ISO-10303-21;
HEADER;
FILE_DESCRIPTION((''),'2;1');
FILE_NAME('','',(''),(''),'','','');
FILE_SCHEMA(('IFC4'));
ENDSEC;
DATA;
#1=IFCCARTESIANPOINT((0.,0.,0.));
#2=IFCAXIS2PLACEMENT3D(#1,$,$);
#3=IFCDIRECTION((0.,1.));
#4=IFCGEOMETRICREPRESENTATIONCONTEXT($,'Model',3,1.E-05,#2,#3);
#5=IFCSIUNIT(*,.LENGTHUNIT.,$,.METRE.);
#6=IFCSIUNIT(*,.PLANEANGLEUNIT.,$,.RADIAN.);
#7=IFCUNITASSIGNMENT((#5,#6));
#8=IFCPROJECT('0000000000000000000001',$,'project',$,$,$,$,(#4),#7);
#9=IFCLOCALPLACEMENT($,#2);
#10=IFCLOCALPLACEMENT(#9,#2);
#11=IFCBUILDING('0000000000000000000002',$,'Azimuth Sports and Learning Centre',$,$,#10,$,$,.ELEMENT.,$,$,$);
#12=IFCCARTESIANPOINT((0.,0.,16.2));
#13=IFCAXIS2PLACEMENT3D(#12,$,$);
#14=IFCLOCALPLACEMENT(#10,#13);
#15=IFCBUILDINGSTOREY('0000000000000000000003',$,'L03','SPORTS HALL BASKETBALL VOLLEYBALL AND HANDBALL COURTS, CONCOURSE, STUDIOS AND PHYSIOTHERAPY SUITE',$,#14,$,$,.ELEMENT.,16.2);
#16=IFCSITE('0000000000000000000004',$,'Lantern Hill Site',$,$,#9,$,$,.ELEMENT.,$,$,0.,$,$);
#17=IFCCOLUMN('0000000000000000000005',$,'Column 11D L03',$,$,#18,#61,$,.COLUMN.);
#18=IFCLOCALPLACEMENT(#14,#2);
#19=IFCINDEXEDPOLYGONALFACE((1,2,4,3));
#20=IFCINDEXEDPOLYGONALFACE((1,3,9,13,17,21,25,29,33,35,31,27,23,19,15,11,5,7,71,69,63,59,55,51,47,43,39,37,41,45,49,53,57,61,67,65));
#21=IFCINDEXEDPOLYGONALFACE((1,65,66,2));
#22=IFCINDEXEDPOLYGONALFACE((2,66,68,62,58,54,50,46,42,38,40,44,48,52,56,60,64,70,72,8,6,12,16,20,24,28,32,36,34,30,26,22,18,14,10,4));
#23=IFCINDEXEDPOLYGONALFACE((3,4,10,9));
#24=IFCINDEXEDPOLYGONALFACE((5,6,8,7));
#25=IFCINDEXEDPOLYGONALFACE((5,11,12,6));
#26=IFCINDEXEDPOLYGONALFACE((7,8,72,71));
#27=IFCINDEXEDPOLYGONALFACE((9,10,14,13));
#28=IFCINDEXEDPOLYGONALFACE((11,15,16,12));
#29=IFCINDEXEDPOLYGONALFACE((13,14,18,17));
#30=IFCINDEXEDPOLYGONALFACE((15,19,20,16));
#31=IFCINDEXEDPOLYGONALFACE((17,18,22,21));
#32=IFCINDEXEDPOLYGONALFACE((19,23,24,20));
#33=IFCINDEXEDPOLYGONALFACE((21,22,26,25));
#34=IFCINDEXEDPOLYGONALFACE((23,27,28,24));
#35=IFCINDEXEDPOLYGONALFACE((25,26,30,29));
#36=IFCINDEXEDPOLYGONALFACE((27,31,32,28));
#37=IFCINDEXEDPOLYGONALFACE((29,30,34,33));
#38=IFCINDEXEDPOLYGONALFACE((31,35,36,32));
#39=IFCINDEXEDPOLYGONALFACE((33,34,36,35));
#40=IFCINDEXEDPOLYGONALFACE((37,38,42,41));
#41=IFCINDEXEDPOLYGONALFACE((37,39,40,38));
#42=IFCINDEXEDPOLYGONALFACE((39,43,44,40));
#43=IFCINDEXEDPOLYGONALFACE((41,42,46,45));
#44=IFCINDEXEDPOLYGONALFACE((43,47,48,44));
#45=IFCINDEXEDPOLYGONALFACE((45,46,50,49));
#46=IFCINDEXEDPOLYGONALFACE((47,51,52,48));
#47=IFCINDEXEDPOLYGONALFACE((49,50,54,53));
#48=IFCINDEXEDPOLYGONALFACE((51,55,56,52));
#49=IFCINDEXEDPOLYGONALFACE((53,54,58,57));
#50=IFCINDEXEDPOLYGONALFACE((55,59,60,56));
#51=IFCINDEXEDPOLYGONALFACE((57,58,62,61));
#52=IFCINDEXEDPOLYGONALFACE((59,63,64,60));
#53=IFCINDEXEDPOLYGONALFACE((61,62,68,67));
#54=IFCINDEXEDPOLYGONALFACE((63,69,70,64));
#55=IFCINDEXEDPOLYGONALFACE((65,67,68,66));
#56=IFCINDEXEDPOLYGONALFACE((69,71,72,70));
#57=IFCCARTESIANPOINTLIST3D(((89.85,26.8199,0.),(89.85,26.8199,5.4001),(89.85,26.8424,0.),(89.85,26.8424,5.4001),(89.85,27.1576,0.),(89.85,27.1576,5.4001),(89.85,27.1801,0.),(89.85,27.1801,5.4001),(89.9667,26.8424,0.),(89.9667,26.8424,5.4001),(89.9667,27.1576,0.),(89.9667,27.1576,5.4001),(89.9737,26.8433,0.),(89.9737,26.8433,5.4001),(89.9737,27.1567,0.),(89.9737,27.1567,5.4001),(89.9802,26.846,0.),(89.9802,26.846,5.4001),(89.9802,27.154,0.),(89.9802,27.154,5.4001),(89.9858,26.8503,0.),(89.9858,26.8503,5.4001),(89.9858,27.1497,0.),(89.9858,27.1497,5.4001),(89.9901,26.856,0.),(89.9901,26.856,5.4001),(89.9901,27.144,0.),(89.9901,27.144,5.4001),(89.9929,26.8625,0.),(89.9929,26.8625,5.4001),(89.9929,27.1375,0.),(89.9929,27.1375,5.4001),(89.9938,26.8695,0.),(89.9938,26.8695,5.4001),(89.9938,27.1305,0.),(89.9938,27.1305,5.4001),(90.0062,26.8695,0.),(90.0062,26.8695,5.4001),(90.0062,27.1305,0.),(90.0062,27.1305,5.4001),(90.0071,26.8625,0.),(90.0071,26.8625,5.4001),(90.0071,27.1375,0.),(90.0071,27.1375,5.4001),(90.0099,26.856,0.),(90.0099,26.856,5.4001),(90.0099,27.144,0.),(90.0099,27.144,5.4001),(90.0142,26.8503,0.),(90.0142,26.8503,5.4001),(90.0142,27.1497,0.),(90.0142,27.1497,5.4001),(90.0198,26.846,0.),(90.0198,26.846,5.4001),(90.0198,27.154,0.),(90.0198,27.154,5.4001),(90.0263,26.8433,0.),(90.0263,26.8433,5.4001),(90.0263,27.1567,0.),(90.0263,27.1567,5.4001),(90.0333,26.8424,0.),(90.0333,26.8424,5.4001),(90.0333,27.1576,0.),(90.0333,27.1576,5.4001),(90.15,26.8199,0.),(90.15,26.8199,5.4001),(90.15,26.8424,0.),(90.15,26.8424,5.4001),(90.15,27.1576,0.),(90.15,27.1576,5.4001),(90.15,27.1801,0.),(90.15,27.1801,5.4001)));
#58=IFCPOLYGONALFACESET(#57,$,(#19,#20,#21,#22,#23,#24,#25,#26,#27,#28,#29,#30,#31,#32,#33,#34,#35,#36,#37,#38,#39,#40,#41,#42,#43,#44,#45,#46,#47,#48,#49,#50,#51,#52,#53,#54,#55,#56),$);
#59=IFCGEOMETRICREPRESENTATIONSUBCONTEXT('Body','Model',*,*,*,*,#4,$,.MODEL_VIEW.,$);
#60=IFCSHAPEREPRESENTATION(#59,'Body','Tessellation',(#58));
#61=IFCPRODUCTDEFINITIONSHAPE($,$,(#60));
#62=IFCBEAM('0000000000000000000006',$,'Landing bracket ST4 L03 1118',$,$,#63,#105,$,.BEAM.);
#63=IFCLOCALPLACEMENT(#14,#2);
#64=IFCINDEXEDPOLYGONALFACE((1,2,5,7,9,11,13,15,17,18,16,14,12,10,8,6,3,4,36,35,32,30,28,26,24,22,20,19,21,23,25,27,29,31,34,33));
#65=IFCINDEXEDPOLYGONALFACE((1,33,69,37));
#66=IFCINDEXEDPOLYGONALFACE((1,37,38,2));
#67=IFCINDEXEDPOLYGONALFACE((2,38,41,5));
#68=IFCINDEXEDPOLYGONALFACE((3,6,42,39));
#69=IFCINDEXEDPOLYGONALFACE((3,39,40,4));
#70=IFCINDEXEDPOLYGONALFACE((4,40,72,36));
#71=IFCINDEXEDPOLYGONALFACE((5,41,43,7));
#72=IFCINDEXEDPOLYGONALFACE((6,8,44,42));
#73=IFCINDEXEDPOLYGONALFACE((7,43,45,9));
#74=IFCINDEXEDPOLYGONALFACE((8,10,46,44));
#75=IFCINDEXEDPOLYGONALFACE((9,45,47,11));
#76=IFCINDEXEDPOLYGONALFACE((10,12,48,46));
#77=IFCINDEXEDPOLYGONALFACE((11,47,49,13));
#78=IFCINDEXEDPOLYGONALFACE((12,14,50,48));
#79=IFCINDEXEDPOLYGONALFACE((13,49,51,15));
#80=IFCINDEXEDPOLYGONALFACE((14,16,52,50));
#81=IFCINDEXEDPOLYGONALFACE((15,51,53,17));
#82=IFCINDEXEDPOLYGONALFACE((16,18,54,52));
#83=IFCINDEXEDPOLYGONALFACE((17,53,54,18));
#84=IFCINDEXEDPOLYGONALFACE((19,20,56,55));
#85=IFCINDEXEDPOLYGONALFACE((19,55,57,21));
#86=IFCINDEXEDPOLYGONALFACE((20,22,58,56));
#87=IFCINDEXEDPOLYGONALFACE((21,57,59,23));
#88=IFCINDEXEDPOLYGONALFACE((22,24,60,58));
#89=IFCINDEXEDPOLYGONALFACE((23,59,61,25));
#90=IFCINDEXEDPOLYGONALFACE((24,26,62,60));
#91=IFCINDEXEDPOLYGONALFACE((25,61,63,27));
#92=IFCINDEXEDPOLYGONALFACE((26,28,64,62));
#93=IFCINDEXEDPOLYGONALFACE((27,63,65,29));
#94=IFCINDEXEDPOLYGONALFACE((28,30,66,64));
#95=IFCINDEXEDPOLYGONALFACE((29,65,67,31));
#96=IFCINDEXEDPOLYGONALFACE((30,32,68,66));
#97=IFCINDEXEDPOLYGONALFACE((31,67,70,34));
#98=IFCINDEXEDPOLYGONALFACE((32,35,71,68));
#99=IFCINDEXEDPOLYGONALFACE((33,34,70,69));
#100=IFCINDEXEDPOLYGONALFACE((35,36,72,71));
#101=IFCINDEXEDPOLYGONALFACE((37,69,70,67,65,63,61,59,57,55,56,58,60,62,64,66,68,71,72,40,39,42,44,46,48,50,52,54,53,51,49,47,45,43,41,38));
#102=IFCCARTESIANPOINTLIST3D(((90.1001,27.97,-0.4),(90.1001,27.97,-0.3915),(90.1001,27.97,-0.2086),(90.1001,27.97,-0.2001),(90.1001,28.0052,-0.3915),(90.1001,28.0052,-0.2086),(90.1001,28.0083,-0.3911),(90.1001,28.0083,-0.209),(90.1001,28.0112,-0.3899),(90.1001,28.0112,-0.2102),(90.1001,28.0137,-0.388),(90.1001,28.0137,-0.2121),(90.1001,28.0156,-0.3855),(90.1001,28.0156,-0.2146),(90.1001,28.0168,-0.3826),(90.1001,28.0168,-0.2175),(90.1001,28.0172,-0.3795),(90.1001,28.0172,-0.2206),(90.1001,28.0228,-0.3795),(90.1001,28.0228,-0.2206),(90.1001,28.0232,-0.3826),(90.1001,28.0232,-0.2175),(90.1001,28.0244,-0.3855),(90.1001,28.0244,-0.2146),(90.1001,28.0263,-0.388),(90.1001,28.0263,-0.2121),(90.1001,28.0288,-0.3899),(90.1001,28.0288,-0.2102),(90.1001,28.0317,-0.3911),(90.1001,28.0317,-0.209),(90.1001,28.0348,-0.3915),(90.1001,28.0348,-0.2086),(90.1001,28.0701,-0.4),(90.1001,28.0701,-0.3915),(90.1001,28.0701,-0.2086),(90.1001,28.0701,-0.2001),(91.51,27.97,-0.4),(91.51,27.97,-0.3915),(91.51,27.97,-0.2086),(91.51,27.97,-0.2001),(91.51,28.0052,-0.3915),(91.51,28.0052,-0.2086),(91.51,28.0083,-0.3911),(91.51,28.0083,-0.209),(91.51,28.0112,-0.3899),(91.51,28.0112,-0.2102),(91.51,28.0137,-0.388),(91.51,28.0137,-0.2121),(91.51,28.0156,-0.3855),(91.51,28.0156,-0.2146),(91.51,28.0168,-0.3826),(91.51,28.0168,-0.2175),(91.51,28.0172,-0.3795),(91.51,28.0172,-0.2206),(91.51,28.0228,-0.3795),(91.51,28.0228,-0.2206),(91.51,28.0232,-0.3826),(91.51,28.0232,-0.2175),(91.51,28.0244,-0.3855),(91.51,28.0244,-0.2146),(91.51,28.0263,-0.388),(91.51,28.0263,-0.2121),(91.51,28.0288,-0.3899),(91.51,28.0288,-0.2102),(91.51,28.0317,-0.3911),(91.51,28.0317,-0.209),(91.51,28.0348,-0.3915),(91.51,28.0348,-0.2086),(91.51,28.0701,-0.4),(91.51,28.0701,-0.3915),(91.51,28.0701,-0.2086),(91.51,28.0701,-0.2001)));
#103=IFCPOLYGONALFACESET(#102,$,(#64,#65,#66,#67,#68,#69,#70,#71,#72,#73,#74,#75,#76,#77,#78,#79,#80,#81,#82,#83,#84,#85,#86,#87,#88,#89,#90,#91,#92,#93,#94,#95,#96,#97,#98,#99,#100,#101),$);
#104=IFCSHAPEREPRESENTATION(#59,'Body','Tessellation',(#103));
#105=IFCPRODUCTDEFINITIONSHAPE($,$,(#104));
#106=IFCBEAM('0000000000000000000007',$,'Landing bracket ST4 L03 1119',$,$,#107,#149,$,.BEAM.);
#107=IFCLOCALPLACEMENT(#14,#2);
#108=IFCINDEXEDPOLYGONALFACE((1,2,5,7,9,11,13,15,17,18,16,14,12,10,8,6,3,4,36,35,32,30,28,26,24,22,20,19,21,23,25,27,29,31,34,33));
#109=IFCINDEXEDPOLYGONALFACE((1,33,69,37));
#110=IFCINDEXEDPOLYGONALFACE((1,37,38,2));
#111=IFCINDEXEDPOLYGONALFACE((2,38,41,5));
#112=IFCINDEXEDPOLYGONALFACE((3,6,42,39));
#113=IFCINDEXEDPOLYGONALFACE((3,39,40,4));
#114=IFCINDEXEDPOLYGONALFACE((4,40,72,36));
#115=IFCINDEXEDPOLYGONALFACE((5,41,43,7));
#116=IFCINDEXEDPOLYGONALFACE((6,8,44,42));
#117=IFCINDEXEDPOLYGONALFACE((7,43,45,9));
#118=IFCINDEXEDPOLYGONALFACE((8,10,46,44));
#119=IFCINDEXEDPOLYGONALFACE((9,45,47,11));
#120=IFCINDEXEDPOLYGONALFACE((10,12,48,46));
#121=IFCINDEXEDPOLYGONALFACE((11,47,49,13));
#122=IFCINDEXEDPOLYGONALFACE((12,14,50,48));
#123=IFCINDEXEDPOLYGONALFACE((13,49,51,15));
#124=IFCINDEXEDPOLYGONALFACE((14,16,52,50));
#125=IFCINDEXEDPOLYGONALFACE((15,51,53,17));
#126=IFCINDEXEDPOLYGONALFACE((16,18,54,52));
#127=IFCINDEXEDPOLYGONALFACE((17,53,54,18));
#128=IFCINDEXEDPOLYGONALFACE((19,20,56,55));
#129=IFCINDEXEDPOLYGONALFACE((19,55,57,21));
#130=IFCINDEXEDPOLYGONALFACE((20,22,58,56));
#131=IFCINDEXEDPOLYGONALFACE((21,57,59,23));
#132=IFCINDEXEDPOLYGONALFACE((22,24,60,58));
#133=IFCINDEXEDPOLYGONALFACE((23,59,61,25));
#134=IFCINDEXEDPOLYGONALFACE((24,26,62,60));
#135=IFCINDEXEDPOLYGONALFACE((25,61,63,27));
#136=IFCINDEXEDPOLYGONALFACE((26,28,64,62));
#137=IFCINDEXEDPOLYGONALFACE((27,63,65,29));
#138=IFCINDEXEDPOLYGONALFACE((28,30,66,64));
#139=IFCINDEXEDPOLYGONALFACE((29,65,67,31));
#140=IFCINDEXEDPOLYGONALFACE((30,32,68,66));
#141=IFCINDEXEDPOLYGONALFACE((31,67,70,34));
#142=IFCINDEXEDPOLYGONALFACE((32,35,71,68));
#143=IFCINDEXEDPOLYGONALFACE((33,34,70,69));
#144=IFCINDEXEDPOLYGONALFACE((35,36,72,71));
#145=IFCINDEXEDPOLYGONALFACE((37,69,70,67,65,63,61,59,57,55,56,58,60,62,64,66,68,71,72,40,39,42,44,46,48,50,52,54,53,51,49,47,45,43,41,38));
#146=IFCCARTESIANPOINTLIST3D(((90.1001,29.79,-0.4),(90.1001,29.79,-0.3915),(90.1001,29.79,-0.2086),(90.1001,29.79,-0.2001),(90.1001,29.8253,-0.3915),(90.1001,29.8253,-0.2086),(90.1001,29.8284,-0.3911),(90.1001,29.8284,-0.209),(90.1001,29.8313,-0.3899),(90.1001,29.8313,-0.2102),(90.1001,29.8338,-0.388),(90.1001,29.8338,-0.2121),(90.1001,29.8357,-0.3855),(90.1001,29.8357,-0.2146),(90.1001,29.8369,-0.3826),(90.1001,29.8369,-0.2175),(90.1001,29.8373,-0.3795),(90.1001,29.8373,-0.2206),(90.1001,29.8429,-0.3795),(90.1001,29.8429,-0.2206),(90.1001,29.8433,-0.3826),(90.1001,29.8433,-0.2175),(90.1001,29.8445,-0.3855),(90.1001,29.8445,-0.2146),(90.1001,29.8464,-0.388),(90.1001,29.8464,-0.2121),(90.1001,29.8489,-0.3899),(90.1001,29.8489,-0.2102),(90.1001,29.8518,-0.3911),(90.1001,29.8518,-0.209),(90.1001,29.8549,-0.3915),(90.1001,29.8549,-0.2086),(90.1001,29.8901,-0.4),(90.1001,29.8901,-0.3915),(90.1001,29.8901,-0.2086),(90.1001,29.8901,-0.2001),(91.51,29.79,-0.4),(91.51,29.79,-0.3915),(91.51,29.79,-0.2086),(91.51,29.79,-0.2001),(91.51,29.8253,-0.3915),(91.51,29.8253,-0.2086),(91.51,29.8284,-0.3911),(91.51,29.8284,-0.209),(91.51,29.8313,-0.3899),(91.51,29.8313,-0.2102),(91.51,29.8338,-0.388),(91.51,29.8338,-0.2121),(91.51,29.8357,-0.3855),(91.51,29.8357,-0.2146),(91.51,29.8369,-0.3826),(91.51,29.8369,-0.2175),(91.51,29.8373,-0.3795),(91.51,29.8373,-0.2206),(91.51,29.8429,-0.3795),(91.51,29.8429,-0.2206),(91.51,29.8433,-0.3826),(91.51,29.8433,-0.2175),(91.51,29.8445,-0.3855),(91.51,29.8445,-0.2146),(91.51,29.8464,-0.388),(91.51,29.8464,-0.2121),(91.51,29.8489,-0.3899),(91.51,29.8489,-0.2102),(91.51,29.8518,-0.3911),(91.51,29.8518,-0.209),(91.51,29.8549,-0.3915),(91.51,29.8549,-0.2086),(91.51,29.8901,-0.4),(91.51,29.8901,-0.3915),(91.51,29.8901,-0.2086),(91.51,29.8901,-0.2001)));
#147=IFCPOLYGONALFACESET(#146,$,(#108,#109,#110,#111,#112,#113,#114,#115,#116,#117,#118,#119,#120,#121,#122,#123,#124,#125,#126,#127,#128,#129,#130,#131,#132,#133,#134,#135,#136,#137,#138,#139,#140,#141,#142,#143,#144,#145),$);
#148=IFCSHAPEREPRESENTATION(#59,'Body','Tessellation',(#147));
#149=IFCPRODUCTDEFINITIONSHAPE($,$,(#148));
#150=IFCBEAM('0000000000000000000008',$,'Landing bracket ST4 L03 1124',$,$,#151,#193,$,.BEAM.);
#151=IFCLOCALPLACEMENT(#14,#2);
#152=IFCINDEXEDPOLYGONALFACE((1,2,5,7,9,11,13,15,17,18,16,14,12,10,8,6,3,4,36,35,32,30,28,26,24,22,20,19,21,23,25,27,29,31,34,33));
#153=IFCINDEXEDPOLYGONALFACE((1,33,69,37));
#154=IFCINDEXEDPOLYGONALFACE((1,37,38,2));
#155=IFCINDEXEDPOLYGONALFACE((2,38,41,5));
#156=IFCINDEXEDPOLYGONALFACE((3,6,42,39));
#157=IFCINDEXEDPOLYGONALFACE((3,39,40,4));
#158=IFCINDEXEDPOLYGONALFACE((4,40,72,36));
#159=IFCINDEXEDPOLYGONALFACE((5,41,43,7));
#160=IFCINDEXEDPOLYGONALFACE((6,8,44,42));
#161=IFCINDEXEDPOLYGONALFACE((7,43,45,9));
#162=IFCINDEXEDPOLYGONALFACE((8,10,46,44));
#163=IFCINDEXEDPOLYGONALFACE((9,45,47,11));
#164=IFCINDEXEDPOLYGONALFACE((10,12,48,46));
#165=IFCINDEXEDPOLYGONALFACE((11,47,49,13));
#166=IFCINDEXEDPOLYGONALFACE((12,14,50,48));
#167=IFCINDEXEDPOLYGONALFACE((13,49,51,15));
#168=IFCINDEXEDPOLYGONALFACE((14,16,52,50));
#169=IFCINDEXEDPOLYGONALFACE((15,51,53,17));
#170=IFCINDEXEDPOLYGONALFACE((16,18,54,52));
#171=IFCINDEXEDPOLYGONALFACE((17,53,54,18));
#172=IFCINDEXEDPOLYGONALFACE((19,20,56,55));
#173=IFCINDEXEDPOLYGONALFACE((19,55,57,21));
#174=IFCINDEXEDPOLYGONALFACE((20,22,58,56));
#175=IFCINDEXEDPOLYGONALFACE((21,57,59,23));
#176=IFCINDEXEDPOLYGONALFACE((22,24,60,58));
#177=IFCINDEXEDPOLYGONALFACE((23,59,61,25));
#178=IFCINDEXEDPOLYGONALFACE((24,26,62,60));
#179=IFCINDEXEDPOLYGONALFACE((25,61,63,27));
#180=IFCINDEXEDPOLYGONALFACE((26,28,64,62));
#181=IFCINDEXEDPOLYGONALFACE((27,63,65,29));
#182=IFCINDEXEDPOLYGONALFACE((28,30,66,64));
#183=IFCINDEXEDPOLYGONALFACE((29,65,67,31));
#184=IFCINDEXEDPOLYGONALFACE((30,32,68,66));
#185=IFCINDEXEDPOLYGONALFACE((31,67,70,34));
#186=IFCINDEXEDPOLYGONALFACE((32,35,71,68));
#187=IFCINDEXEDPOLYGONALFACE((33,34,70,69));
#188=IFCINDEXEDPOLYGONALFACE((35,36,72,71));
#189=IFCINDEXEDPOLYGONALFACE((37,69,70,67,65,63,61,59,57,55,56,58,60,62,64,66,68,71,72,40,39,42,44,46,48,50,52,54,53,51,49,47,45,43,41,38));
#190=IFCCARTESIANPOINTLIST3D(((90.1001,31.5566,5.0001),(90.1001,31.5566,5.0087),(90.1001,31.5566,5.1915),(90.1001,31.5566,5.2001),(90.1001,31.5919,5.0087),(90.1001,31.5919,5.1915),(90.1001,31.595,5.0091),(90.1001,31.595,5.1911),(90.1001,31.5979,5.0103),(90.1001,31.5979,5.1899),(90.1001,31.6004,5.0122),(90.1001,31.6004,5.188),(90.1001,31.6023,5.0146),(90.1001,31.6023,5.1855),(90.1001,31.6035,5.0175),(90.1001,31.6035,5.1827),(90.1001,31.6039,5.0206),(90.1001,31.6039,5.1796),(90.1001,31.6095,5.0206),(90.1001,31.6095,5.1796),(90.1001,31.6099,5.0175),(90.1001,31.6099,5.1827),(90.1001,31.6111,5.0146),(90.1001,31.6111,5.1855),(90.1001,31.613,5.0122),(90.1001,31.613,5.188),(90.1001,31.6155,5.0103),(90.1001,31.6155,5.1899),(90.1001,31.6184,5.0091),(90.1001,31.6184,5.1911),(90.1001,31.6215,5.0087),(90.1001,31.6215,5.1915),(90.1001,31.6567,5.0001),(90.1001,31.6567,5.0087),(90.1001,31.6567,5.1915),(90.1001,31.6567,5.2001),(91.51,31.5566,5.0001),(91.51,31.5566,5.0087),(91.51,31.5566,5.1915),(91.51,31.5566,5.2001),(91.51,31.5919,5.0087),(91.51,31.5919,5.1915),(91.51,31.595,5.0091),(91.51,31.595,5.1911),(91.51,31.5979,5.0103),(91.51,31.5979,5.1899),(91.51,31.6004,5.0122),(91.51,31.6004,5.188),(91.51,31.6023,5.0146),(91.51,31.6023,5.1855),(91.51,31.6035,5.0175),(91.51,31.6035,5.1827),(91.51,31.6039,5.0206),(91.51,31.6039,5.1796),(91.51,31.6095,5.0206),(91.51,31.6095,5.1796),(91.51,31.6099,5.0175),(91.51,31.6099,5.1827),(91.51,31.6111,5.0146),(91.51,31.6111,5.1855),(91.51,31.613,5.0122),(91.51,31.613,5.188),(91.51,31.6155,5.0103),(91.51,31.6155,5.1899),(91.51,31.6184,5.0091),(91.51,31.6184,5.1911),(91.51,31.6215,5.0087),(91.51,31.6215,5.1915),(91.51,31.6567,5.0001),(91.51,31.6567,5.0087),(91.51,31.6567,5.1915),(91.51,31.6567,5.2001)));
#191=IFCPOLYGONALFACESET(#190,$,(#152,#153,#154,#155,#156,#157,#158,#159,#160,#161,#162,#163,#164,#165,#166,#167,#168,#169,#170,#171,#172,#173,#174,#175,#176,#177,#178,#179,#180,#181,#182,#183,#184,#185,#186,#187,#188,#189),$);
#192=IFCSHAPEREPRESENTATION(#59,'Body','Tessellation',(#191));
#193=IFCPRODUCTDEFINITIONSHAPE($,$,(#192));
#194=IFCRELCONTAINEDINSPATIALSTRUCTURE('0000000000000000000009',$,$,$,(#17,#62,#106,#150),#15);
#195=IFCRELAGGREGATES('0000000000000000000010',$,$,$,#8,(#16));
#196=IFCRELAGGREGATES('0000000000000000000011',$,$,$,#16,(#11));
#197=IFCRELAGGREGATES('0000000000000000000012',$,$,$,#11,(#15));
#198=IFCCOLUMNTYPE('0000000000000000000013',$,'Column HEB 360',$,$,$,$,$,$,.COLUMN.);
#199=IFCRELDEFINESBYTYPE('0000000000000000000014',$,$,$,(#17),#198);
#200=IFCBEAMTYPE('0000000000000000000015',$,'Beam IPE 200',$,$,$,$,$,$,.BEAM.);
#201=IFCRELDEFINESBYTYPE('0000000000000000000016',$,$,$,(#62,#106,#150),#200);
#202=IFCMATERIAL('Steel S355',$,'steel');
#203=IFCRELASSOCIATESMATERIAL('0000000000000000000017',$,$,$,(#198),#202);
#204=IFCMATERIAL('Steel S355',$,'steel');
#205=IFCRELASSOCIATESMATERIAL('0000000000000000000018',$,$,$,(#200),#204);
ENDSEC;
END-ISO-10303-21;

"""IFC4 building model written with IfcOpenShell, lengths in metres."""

from ifc_helpers import new_model, si_unit, direction, frame, origin, origin_2d, place, context, subcontext, project, spatial, i_section, extrude, material, material_profile, profile_set, type_object, element, save


model = new_model("IFC4")

# Units and contexts
model_context = context("Model", 3, precision=1e-05, world=origin(), true_north=direction((0.0, 1.0)))
body_context = subcontext(model_context, "Body", "Model", "MODEL_VIEW")
ifc_project = project(units=[si_unit("LENGTHUNIT", "METRE"), si_unit("PLANEANGLEUNIT", "RADIAN")], contexts=[model_context])

# Site, building, storey
site_placement = place(None, origin())
site = spatial("IfcSite", under=ifc_project, at=site_placement, Name="Lantern Hill Site", CompositionType="ELEMENT", RefElevation=0.0)
building_placement = place(site_placement, origin())
building = spatial("IfcBuilding", under=site, at=building_placement, Name="Azimuth Sports and Learning Centre", CompositionType="ELEMENT")
storey_placement = place(building_placement, frame((0.0, 0.0, 16.2)))
storey = spatial("IfcBuildingStorey", under=building, at=storey_placement, Name="L03", Description="SPORTS HALL BASKETBALL VOLLEYBALL AND HANDBALL COURTS, CONCOURSE, STUDIOS AND PHYSIOTHERAPY SUITE", CompositionType="ELEMENT", Elevation=16.2)

# Column
ifc_material_1 = material(Name="Steel S355", Category="steel")
ifc_material_profile_1 = material_profile(ifc_material_1, i_section(OverallWidth=0.3, OverallDepth=0.3601, WebThickness=0.0125, FlangeThickness=0.0225, FilletRadius=0.0271, at=origin_2d()), Name="HEB 360")
ifc_profile_set_1 = profile_set([ifc_material_profile_1], Name="Steel S355")
column_type = type_object("IfcColumnType", Name="Column HEB 360", PredefinedType="COLUMN", material=ifc_profile_set_1)
column_placement = place(storey_placement, frame((90.0, 27.0, 0.0), z_axis=(0.0, 0.0, 1.0), x_axis=(1.0, 0.0, 0.0)))
element("IfcColumn", 1, at=column_placement, inside=storey, type_object=column_type, Name="Column 11D L03", PredefinedType="COLUMN", context=body_context, shape_type="SweptSolid", body=[
    extrude(i_section(OverallWidth=0.3, OverallDepth=0.3601, WebThickness=0.0125, FlangeThickness=0.0225, FilletRadius=0.0271, at=origin_2d()), origin(), (0.0, 0.0, 1.0), 5.4001),
])

# Beams
ifc_material_2 = material(Name="Steel S355", Category="steel")
ifc_material_profile_2 = material_profile(ifc_material_2, i_section(OverallWidth=0.1001, OverallDepth=0.2, WebThickness=0.0056, FlangeThickness=0.0085, FilletRadius=0.012, at=origin_2d()), Name="IPE 200")
ifc_profile_set_2 = profile_set([ifc_material_profile_2], Name="Steel S355")
beam_type_1 = type_object("IfcBeamType", Name="Beam IPE 200", PredefinedType="BEAM", material=ifc_profile_set_2)
for number, where, z_axis, x_axis, name in (
    (2, (90.1001, 28.02, -0.3), (1.0, 0.0, 0.0), (0.0, 1.0, 0.0), "Landing bracket ST4 L03 1118"),
    (3, (90.1001, 29.8401, -0.3), (1.0, 0.0, 0.0), (0.0, 1.0, 0.0), "Landing bracket ST4 L03 1119"),
    (4, (90.1001, 31.6067, 5.1001), (1.0, 0.0, 0.0), (0.0, 1.0, 0.0), "Landing bracket ST4 L03 1124"),
):
    element("IfcBeam", number, at=place(storey_placement, frame(where, z_axis=z_axis, x_axis=x_axis)), inside=storey, type_object=beam_type_1, Name=name, PredefinedType="BEAM", context=body_context, shape_type="SweptSolid", body=[
        extrude(i_section(OverallWidth=0.1001, OverallDepth=0.2, WebThickness=0.0056, FlangeThickness=0.0085, FilletRadius=0.012, at=origin_2d()), origin(), (0.0, 0.0, 1.0), 1.4099),
    ])

save(model, "model.ifc")
